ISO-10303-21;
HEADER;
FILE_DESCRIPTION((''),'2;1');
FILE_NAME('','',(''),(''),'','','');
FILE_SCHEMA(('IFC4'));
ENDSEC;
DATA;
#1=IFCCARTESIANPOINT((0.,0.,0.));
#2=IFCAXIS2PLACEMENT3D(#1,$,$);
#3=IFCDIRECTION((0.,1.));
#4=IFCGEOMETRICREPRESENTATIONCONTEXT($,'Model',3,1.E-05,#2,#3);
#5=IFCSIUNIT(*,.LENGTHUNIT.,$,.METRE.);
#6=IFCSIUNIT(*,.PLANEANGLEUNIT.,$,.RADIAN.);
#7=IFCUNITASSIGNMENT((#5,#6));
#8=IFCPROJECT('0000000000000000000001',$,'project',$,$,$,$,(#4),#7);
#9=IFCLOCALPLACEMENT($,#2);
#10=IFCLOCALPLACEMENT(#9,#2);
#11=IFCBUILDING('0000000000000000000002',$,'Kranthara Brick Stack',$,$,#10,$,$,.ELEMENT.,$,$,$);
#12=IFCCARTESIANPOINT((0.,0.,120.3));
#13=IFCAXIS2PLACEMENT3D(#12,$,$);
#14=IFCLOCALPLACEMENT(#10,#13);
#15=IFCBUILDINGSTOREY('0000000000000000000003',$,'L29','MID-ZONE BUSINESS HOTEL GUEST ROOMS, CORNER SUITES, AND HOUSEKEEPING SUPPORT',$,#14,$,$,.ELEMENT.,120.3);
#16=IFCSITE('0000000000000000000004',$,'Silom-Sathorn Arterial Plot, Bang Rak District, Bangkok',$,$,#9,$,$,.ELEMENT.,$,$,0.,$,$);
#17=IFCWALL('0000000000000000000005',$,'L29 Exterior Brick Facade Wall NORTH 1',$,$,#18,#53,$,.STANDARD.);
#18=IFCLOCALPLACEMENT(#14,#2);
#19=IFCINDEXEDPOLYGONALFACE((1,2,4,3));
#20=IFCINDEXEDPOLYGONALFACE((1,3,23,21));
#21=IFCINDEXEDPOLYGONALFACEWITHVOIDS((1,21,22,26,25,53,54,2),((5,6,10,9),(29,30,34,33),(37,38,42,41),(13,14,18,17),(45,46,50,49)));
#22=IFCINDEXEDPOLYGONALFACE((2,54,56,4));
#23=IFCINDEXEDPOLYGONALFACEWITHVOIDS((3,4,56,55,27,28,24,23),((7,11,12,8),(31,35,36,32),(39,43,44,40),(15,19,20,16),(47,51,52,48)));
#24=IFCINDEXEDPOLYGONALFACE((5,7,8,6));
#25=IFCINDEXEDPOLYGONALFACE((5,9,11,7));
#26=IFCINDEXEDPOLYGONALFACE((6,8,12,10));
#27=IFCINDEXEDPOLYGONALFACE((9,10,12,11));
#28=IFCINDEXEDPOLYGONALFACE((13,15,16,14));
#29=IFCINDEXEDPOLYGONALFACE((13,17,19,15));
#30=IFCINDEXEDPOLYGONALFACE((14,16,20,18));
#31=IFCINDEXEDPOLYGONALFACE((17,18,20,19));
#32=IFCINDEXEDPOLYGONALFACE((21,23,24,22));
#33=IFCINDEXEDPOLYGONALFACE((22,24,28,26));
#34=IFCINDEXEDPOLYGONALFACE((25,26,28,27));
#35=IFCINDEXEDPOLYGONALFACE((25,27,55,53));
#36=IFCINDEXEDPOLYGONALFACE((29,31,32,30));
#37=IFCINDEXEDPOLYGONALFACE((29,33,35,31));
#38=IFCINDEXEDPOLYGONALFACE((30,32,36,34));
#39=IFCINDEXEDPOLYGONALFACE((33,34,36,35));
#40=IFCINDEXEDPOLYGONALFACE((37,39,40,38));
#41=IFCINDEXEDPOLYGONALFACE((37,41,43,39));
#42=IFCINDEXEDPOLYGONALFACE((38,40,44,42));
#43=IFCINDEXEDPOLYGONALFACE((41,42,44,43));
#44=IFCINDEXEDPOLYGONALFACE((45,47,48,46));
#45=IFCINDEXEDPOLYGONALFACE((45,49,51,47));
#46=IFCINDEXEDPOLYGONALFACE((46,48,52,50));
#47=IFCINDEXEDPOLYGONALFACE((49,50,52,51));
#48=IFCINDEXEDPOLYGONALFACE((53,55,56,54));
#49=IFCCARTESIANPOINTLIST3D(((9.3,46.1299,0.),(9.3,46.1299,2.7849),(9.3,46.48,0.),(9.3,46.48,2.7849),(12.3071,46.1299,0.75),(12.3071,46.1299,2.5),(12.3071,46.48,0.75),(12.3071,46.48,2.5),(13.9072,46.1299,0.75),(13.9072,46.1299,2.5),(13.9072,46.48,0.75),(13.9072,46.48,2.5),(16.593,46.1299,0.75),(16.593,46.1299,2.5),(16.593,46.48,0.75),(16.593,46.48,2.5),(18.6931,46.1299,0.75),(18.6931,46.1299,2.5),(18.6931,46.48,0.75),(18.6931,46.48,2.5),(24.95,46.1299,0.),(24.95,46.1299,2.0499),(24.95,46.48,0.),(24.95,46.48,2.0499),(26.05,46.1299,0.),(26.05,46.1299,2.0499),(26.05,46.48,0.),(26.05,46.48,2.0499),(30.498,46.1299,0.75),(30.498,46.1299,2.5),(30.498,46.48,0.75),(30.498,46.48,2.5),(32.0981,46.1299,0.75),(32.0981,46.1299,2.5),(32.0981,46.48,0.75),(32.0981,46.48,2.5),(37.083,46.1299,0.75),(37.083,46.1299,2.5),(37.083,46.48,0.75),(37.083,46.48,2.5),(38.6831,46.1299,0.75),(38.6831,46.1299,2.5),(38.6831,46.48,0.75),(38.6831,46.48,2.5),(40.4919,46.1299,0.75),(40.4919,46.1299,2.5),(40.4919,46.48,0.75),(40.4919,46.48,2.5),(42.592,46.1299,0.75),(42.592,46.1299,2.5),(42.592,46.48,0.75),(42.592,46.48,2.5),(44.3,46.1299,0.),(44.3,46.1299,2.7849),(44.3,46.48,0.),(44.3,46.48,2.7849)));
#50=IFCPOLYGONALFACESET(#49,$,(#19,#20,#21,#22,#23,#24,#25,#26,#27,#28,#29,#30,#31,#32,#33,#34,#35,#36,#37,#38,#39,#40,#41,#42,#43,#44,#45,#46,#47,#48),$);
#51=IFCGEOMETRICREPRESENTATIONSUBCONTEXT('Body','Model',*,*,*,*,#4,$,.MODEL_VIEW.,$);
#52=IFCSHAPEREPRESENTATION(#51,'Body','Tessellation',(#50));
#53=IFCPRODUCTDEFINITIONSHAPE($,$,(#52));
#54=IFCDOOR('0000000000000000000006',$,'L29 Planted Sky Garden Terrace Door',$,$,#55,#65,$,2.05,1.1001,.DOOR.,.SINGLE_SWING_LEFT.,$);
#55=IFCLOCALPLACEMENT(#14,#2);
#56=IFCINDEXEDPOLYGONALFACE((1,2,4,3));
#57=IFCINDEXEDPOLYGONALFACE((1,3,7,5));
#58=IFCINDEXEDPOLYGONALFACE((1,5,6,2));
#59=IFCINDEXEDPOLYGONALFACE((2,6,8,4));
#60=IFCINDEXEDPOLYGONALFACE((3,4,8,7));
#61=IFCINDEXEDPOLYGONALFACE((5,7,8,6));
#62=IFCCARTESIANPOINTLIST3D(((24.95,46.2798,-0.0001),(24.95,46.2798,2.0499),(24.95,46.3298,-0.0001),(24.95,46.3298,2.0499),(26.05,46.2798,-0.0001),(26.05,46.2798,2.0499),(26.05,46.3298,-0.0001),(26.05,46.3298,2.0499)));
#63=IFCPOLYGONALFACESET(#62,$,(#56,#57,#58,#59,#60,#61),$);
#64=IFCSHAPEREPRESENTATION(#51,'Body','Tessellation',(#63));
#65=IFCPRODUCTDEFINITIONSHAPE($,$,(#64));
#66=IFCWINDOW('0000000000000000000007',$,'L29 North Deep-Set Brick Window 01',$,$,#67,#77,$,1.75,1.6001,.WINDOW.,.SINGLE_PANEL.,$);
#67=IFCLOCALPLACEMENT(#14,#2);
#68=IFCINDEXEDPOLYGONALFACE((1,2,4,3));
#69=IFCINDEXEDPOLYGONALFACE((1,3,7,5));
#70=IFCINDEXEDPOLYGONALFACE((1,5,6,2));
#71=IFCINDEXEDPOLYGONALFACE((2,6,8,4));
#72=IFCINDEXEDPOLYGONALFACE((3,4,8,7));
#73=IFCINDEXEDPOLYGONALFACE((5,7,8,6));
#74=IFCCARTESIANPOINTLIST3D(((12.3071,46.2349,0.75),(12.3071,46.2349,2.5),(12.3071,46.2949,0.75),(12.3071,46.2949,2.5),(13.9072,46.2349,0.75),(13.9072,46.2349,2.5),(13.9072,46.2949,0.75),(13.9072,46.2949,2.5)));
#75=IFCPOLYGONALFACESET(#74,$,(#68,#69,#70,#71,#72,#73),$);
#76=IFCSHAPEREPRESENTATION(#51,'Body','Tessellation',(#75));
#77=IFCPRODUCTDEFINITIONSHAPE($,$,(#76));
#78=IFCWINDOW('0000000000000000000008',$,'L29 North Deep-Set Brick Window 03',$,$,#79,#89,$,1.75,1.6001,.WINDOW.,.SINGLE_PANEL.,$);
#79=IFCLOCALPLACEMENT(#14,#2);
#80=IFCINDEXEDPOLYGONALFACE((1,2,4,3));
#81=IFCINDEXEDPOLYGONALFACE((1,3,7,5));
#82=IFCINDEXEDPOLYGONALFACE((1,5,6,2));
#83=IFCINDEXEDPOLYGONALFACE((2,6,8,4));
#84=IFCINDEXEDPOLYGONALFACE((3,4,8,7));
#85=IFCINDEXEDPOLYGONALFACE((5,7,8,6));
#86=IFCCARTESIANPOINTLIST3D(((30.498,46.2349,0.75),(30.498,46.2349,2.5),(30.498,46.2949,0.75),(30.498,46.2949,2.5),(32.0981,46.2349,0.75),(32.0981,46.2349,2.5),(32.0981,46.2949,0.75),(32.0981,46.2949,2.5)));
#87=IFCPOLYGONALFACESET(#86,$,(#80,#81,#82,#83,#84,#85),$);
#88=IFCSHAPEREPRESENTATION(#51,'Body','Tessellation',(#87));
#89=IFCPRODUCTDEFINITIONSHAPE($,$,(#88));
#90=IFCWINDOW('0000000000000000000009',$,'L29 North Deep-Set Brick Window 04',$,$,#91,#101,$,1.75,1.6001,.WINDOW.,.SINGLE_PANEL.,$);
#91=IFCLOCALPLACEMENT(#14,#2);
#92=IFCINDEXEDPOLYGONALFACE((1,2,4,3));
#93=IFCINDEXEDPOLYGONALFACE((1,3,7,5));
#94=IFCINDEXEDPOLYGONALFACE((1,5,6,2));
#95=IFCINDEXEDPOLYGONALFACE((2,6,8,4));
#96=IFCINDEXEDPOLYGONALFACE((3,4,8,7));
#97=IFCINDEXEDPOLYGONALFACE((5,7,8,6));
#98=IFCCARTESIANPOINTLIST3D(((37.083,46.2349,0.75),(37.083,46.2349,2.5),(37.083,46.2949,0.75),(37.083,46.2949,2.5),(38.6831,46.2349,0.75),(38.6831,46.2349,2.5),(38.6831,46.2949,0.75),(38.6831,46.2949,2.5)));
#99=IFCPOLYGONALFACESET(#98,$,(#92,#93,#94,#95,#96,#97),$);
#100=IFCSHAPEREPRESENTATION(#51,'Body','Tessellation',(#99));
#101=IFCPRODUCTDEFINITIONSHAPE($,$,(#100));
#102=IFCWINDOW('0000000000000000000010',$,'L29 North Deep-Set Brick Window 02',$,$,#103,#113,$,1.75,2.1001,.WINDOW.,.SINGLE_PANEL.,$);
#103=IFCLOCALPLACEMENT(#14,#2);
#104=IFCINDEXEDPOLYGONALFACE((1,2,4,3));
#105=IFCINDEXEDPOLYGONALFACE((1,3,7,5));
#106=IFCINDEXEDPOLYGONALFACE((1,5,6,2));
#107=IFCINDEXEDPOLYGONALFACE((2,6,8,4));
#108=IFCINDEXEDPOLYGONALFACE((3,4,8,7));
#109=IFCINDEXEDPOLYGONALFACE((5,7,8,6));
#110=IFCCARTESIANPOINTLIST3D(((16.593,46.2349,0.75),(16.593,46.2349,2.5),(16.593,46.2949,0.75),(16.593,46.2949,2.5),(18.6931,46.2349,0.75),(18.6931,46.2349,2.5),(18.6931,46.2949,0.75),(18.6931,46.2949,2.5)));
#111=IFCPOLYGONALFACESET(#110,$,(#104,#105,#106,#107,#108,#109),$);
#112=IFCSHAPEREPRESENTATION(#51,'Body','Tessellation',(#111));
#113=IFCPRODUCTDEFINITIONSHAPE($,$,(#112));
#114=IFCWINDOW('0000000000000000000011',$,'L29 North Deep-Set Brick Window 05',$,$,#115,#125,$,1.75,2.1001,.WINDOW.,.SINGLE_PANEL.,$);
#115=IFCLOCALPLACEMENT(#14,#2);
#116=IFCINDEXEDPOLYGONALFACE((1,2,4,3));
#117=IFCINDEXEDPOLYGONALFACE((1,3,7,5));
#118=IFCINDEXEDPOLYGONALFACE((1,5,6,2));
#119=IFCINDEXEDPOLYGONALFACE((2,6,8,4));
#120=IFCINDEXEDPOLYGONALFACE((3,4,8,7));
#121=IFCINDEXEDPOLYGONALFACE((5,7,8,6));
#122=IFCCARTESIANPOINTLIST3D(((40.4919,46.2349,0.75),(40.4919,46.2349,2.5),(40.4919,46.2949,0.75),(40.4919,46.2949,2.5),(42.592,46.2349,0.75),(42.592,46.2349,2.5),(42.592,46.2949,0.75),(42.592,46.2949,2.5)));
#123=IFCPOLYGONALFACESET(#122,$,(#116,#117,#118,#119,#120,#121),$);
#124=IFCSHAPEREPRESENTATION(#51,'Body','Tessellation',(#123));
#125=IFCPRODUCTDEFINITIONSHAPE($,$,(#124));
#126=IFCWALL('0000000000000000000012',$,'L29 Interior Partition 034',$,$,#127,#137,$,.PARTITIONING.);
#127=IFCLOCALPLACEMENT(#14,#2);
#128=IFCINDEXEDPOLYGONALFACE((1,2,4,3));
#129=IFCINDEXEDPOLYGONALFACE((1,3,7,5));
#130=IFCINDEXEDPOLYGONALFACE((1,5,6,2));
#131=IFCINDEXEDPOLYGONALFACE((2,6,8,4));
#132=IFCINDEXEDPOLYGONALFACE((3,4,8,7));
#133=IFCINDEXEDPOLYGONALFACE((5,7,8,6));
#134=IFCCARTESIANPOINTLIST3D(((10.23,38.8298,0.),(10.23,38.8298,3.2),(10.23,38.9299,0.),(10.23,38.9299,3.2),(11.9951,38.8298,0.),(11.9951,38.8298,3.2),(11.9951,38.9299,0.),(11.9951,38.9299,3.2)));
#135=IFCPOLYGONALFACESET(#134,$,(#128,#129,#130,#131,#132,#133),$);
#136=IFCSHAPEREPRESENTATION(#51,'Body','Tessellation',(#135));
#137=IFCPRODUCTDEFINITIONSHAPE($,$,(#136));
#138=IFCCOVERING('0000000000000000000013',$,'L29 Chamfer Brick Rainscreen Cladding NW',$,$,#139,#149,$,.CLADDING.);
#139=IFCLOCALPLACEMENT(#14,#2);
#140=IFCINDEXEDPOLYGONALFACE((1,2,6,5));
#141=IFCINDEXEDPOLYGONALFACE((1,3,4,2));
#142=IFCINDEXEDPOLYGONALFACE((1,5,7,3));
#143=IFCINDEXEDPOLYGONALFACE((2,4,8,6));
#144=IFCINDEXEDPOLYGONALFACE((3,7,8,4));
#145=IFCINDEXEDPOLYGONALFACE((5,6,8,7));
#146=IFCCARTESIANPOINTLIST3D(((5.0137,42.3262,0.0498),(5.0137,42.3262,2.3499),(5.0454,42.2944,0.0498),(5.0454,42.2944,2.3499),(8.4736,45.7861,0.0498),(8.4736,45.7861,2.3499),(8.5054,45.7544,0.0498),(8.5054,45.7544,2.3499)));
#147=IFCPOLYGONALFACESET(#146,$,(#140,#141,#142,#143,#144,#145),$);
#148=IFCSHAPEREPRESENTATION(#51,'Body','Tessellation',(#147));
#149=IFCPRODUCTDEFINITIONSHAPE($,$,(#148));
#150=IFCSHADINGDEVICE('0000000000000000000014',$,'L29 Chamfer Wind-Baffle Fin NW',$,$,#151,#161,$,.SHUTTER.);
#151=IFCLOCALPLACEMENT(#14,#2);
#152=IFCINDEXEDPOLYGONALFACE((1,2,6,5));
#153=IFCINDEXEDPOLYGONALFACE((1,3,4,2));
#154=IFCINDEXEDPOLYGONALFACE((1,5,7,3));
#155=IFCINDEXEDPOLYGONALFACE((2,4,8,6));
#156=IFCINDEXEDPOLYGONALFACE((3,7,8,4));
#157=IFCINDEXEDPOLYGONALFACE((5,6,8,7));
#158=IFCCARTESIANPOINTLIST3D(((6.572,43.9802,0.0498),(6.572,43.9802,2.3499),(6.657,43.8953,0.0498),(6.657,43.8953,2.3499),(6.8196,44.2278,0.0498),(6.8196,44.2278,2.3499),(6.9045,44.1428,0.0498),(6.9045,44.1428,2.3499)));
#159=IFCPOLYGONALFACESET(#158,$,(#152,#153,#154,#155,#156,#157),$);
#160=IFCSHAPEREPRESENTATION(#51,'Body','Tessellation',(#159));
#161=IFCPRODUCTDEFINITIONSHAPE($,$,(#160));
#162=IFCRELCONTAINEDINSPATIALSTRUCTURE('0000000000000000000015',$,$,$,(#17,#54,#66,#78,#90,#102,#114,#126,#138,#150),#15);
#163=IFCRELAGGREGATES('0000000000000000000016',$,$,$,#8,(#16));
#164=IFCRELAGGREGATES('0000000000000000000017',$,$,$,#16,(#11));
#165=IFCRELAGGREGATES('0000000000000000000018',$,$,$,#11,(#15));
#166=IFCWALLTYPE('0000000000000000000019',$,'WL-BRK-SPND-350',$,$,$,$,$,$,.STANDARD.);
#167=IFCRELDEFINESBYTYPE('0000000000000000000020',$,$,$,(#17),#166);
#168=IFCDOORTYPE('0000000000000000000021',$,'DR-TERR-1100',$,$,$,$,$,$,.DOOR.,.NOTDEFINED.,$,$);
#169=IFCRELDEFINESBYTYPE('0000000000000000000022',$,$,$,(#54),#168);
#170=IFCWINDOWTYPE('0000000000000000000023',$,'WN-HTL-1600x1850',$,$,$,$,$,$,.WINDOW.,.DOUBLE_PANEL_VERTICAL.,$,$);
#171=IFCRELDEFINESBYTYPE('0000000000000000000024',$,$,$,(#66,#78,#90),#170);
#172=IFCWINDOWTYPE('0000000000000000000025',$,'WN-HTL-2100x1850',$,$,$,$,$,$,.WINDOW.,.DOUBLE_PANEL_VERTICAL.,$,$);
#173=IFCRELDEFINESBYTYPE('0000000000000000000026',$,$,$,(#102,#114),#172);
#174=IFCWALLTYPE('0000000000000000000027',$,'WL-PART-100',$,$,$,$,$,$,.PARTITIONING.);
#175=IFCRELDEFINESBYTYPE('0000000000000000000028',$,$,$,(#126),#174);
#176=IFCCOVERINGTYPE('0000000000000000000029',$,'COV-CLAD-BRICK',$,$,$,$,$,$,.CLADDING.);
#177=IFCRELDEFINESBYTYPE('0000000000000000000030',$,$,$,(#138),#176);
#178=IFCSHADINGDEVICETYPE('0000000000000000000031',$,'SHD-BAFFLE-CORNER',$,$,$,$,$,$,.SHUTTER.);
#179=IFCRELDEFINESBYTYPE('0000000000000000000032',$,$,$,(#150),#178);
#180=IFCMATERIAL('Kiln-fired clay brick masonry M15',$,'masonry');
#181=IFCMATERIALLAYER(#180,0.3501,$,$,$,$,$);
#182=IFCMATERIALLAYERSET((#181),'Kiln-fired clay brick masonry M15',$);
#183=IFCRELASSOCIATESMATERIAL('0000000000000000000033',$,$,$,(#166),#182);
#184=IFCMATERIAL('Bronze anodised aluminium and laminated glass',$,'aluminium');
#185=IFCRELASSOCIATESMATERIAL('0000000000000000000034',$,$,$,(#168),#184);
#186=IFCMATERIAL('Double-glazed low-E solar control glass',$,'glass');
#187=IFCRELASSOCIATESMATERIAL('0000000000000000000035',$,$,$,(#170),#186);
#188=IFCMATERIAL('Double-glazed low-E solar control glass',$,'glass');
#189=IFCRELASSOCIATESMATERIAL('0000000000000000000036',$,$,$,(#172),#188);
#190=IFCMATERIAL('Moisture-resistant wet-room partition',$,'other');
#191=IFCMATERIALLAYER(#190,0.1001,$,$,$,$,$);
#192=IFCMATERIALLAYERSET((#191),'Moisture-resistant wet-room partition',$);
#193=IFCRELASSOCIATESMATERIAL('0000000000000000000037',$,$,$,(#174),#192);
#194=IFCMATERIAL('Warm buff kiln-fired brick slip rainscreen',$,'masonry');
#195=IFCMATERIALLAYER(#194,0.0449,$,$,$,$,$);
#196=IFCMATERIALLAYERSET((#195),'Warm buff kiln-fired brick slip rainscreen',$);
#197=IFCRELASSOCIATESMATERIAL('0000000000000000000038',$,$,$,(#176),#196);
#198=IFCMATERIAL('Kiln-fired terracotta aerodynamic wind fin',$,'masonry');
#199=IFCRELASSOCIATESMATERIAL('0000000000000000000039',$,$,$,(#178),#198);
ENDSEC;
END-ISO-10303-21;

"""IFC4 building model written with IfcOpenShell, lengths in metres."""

from ifc_helpers import new_model, si_unit, direction, frame, frame_2d, origin, origin_2d, place, context, subcontext, project, spatial, rectangle, extrude, material, layer, layer_set, type_object, element, fill, save


model = new_model("IFC4")

# Units and contexts
model_context = context("Model", 3, precision=1e-05, world=origin(), true_north=direction((0.0, 1.0)))
body_context = subcontext(model_context, "Body", "Model", "MODEL_VIEW")
ifc_project = project(units=[si_unit("LENGTHUNIT", "METRE"), si_unit("PLANEANGLEUNIT", "RADIAN")], contexts=[model_context])

# Site, building, storey
site_placement = place(None, origin())
site = spatial("IfcSite", under=ifc_project, at=site_placement, Name="Silom-Sathorn Arterial Plot, Bang Rak District, Bangkok", CompositionType="ELEMENT", RefElevation=0.0)
building_placement = place(site_placement, origin())
building = spatial("IfcBuilding", under=site, at=building_placement, Name="Kranthara Brick Stack", CompositionType="ELEMENT")
storey_placement = place(building_placement, frame((0.0, 0.0, 120.3)))
storey = spatial("IfcBuildingStorey", under=building, at=storey_placement, Name="L29", Description="MID-ZONE BUSINESS HOTEL GUEST ROOMS, CORNER SUITES, AND HOUSEKEEPING SUPPORT", CompositionType="ELEMENT", Elevation=120.3)

# Shared definitions
ifc_material_1 = material(Name="Kiln-fired clay brick masonry M15", Category="masonry")
ifc_layer_1 = layer(ifc_material_1, 0.3501)
ifc_layer_set_1 = layer_set([ifc_layer_1], Name="Kiln-fired clay brick masonry M15")
wall_type_1 = type_object("IfcWallType", Name="WL-BRK-SPND-350", PredefinedType="STANDARD", material=ifc_layer_set_1)

# Wall, openings, door, windows
wall_1_placement = place(storey_placement, frame((9.3, 46.3049, 0.0), z_axis=(0.0, 0.0, 1.0), x_axis=(1.0, 0.0, 0.0)))
wall_1 = element("IfcWall", 1, at=wall_1_placement, inside=storey, type_object=wall_type_1, Name="L29 Exterior Brick Facade Wall NORTH 1", PredefinedType="STANDARD", context=body_context, shape_type="SweptSolid", body=[
    extrude(rectangle(XDim=35.0, YDim=0.3501, at=frame_2d((17.5, 0.0))), origin(), (0.0, 0.0, 1.0), 2.7849),
])
opening_1_placement = place(wall_1_placement, frame((15.6499, 0.0, 0.0)))
opening_1 = element("IfcOpeningElement", 2, at=opening_1_placement, cuts=wall_1, PredefinedType="OPENING", context=body_context, shape_type="SweptSolid", body=[
    extrude(rectangle(XDim=1.1001, YDim=2.05, at=frame_2d((0.55, 1.0249))), frame((0.0, 0.1851, 0.0), z_axis=(0.0, -1.0, 0.0), x_axis=(1.0, 0.0, 0.0)), (0.0, 0.0, 1.0), 0.3701),
])
opening_2_placement = place(wall_1_placement, frame((3.0071, 0.0, 0.75)))
opening_2 = element("IfcOpeningElement", 3, at=opening_2_placement, cuts=wall_1, PredefinedType="OPENING", context=body_context, shape_type="SweptSolid", body=[
    extrude(rectangle(XDim=1.6001, YDim=1.75, at=frame_2d((0.8, 0.875))), frame((0.0, 0.1851, 0.0), z_axis=(0.0, -1.0, 0.0), x_axis=(1.0, 0.0, 0.0)), (0.0, 0.0, 1.0), 0.3701),
])
opening_3_placement = place(wall_1_placement, frame((7.293, 0.0, 0.75)))
opening_3 = element("IfcOpeningElement", 4, at=opening_3_placement, cuts=wall_1, PredefinedType="OPENING", context=body_context, shape_type="SweptSolid", body=[
    extrude(rectangle(XDim=2.1001, YDim=1.75, at=frame_2d((1.05, 0.875))), frame((0.0, 0.1851, 0.0), z_axis=(0.0, -1.0, 0.0), x_axis=(1.0, 0.0, 0.0)), (0.0, 0.0, 1.0), 0.3701),
])
opening_4_placement = place(wall_1_placement, frame((21.198, 0.0, 0.75)))
opening_4 = element("IfcOpeningElement", 5, at=opening_4_placement, cuts=wall_1, PredefinedType="OPENING", context=body_context, shape_type="SweptSolid", body=[
    extrude(rectangle(XDim=1.6001, YDim=1.75, at=frame_2d((0.8, 0.875))), frame((0.0, 0.1851, 0.0), z_axis=(0.0, -1.0, 0.0), x_axis=(1.0, 0.0, 0.0)), (0.0, 0.0, 1.0), 0.3701),
])
opening_5_placement = place(wall_1_placement, frame((27.783, 0.0, 0.75)))
opening_5 = element("IfcOpeningElement", 6, at=opening_5_placement, cuts=wall_1, PredefinedType="OPENING", context=body_context, shape_type="SweptSolid", body=[
    extrude(rectangle(XDim=1.6001, YDim=1.75, at=frame_2d((0.8, 0.875))), frame((0.0, 0.1851, 0.0), z_axis=(0.0, -1.0, 0.0), x_axis=(1.0, 0.0, 0.0)), (0.0, 0.0, 1.0), 0.3701),
])
opening_6_placement = place(wall_1_placement, frame((31.1919, 0.0, 0.75)))
opening_6 = element("IfcOpeningElement", 7, at=opening_6_placement, cuts=wall_1, PredefinedType="OPENING", context=body_context, shape_type="SweptSolid", body=[
    extrude(rectangle(XDim=2.1001, YDim=1.75, at=frame_2d((1.05, 0.875))), frame((0.0, 0.1851, 0.0), z_axis=(0.0, -1.0, 0.0), x_axis=(1.0, 0.0, 0.0)), (0.0, 0.0, 1.0), 0.3701),
])
ifc_material_2 = material(Name="Bronze anodised aluminium and laminated glass", Category="aluminium")
door_type = type_object("IfcDoorType", Name="DR-TERR-1100", OperationType="NOTDEFINED", PredefinedType="DOOR", material=ifc_material_2)
door_placement = place(opening_1_placement, origin())
door = element("IfcDoor", 8, at=door_placement, inside=storey, type_object=door_type, Name="L29 Planted Sky Garden Terrace Door", OperationType="SINGLE_SWING_LEFT", OverallHeight=2.05, OverallWidth=1.1001, PredefinedType="DOOR", context=body_context, shape_type="SweptSolid", body=[
    extrude(rectangle(XDim=1.1001, YDim=2.05, at=frame_2d((0.55, 1.0249))), frame((0.0, 0.0249, 0.0), z_axis=(0.0, -1.0, 0.0), x_axis=(1.0, 0.0, 0.0)), (0.0, 0.0, 1.0), 0.05),
])
fill(opening_1, door)
ifc_material_3 = material(Name="Double-glazed low-E solar control glass", Category="glass")
window_type_1 = type_object("IfcWindowType", Name="WN-HTL-1600x1850", PartitioningType="DOUBLE_PANEL_VERTICAL", PredefinedType="WINDOW", material=ifc_material_3)
window_1_placement = place(opening_2_placement, origin())
window_1 = element("IfcWindow", 9, at=window_1_placement, inside=storey, type_object=window_type_1, Name="L29 North Deep-Set Brick Window 01", OverallHeight=1.75, OverallWidth=1.6001, PartitioningType="SINGLE_PANEL", PredefinedType="WINDOW", context=body_context, shape_type="SweptSolid", body=[
    extrude(rectangle(XDim=1.6001, YDim=1.75, at=frame_2d((0.8, 0.875))), frame((0.0, -0.01, 0.0), z_axis=(0.0, -1.0, 0.0), x_axis=(1.0, 0.0, 0.0)), (0.0, 0.0, 1.0), 0.0601),
])
fill(opening_2, window_1)
window_2_placement = place(opening_4_placement, origin())
window_2 = element("IfcWindow", 10, at=window_2_placement, inside=storey, type_object=window_type_1, Name="L29 North Deep-Set Brick Window 03", OverallHeight=1.75, OverallWidth=1.6001, PartitioningType="SINGLE_PANEL", PredefinedType="WINDOW", context=body_context, shape_type="SweptSolid", body=[
    extrude(rectangle(XDim=1.6001, YDim=1.75, at=frame_2d((0.8, 0.875))), frame((0.0, -0.01, 0.0), z_axis=(0.0, -1.0, 0.0), x_axis=(1.0, 0.0, 0.0)), (0.0, 0.0, 1.0), 0.0601),
])
fill(opening_4, window_2)
window_3_placement = place(opening_5_placement, origin())
window_3 = element("IfcWindow", 11, at=window_3_placement, inside=storey, type_object=window_type_1, Name="L29 North Deep-Set Brick Window 04", OverallHeight=1.75, OverallWidth=1.6001, PartitioningType="SINGLE_PANEL", PredefinedType="WINDOW", context=body_context, shape_type="SweptSolid", body=[
    extrude(rectangle(XDim=1.6001, YDim=1.75, at=frame_2d((0.8, 0.875))), frame((0.0, -0.01, 0.0), z_axis=(0.0, -1.0, 0.0), x_axis=(1.0, 0.0, 0.0)), (0.0, 0.0, 1.0), 0.0601),
])
fill(opening_5, window_3)
ifc_material_4 = material(Name="Double-glazed low-E solar control glass", Category="glass")
window_type_2 = type_object("IfcWindowType", Name="WN-HTL-2100x1850", PartitioningType="DOUBLE_PANEL_VERTICAL", PredefinedType="WINDOW", material=ifc_material_4)
window_4_placement = place(opening_3_placement, origin())
window_4 = element("IfcWindow", 12, at=window_4_placement, inside=storey, type_object=window_type_2, Name="L29 North Deep-Set Brick Window 02", OverallHeight=1.75, OverallWidth=2.1001, PartitioningType="SINGLE_PANEL", PredefinedType="WINDOW", context=body_context, shape_type="SweptSolid", body=[
    extrude(rectangle(XDim=2.1001, YDim=1.75, at=frame_2d((1.05, 0.875))), frame((0.0, -0.01, 0.0), z_axis=(0.0, -1.0, 0.0), x_axis=(1.0, 0.0, 0.0)), (0.0, 0.0, 1.0), 0.0601),
])
fill(opening_3, window_4)
window_5_placement = place(opening_6_placement, origin())
window_5 = element("IfcWindow", 13, at=window_5_placement, inside=storey, type_object=window_type_2, Name="L29 North Deep-Set Brick Window 05", OverallHeight=1.75, OverallWidth=2.1001, PartitioningType="SINGLE_PANEL", PredefinedType="WINDOW", context=body_context, shape_type="SweptSolid", body=[
    extrude(rectangle(XDim=2.1001, YDim=1.75, at=frame_2d((1.05, 0.875))), frame((0.0, -0.01, 0.0), z_axis=(0.0, -1.0, 0.0), x_axis=(1.0, 0.0, 0.0)), (0.0, 0.0, 1.0), 0.0601),
])
fill(opening_6, window_5)

# Wall
ifc_material_5 = material(Name="Moisture-resistant wet-room partition", Category="other")
ifc_layer_2 = layer(ifc_material_5, 0.1001)
ifc_layer_set_2 = layer_set([ifc_layer_2], Name="Moisture-resistant wet-room partition")
wall_type_2 = type_object("IfcWallType", Name="WL-PART-100", PredefinedType="PARTITIONING", material=ifc_layer_set_2)
wall_2_placement = place(storey_placement, frame((10.23, 38.8799, 0.0), z_axis=(0.0, 0.0, 1.0), x_axis=(1.0, 0.0, 0.0)))
element("IfcWall", 14, at=wall_2_placement, inside=storey, type_object=wall_type_2, Name="L29 Interior Partition 034", PredefinedType="PARTITIONING", context=body_context, shape_type="SweptSolid", body=[
    extrude(rectangle(XDim=1.7651, YDim=0.1001, at=frame_2d((0.8826, 0.0))), origin(), (0.0, 0.0, 1.0), 3.2),
])

# Covering
ifc_material_6 = material(Name="Warm buff kiln-fired brick slip rainscreen", Category="masonry")
ifc_layer_3 = layer(ifc_material_6, 0.0449)
ifc_layer_set_3 = layer_set([ifc_layer_3], Name="Warm buff kiln-fired brick slip rainscreen")
covering_type = type_object("IfcCoveringType", Name="COV-CLAD-BRICK", PredefinedType="CLADDING", material=ifc_layer_set_3)
covering_placement = place(storey_placement, frame((6.7595, 44.0403, 0.0498), z_axis=(0.0, 0.0, 1.0), x_axis=(0.707107, 0.707107, 0.0)))
element("IfcCovering", 15, at=covering_placement, inside=storey, type_object=covering_type, Name="L29 Chamfer Brick Rainscreen Cladding NW", PredefinedType="CLADDING", context=body_context, shape_type="SweptSolid", body=[
    extrude(rectangle(XDim=4.8931, YDim=0.0449, at=origin_2d()), origin(), (0.0, 0.0, 1.0), 2.3),
])

# Shading device
ifc_material_7 = material(Name="Kiln-fired terracotta aerodynamic wind fin", Category="masonry")
shading_device_type = type_object("IfcShadingDeviceType", Name="SHD-BAFFLE-CORNER", PredefinedType="SHUTTER", material=ifc_material_7)
shading_device_placement = place(storey_placement, frame((6.7383, 44.0615, 0.0498), z_axis=(0.0, 0.0, 1.0), x_axis=(0.707107, 0.707107, 0.0)))
element("IfcShadingDevice", 16, at=shading_device_placement, inside=storey, type_object=shading_device_type, Name="L29 Chamfer Wind-Baffle Fin NW", PredefinedType="SHUTTER", context=body_context, shape_type="SweptSolid", body=[
    extrude(rectangle(XDim=0.3501, YDim=0.1201, at=origin_2d()), origin(), (0.0, 0.0, 1.0), 2.3),
])

save(model, "model.ifc")
